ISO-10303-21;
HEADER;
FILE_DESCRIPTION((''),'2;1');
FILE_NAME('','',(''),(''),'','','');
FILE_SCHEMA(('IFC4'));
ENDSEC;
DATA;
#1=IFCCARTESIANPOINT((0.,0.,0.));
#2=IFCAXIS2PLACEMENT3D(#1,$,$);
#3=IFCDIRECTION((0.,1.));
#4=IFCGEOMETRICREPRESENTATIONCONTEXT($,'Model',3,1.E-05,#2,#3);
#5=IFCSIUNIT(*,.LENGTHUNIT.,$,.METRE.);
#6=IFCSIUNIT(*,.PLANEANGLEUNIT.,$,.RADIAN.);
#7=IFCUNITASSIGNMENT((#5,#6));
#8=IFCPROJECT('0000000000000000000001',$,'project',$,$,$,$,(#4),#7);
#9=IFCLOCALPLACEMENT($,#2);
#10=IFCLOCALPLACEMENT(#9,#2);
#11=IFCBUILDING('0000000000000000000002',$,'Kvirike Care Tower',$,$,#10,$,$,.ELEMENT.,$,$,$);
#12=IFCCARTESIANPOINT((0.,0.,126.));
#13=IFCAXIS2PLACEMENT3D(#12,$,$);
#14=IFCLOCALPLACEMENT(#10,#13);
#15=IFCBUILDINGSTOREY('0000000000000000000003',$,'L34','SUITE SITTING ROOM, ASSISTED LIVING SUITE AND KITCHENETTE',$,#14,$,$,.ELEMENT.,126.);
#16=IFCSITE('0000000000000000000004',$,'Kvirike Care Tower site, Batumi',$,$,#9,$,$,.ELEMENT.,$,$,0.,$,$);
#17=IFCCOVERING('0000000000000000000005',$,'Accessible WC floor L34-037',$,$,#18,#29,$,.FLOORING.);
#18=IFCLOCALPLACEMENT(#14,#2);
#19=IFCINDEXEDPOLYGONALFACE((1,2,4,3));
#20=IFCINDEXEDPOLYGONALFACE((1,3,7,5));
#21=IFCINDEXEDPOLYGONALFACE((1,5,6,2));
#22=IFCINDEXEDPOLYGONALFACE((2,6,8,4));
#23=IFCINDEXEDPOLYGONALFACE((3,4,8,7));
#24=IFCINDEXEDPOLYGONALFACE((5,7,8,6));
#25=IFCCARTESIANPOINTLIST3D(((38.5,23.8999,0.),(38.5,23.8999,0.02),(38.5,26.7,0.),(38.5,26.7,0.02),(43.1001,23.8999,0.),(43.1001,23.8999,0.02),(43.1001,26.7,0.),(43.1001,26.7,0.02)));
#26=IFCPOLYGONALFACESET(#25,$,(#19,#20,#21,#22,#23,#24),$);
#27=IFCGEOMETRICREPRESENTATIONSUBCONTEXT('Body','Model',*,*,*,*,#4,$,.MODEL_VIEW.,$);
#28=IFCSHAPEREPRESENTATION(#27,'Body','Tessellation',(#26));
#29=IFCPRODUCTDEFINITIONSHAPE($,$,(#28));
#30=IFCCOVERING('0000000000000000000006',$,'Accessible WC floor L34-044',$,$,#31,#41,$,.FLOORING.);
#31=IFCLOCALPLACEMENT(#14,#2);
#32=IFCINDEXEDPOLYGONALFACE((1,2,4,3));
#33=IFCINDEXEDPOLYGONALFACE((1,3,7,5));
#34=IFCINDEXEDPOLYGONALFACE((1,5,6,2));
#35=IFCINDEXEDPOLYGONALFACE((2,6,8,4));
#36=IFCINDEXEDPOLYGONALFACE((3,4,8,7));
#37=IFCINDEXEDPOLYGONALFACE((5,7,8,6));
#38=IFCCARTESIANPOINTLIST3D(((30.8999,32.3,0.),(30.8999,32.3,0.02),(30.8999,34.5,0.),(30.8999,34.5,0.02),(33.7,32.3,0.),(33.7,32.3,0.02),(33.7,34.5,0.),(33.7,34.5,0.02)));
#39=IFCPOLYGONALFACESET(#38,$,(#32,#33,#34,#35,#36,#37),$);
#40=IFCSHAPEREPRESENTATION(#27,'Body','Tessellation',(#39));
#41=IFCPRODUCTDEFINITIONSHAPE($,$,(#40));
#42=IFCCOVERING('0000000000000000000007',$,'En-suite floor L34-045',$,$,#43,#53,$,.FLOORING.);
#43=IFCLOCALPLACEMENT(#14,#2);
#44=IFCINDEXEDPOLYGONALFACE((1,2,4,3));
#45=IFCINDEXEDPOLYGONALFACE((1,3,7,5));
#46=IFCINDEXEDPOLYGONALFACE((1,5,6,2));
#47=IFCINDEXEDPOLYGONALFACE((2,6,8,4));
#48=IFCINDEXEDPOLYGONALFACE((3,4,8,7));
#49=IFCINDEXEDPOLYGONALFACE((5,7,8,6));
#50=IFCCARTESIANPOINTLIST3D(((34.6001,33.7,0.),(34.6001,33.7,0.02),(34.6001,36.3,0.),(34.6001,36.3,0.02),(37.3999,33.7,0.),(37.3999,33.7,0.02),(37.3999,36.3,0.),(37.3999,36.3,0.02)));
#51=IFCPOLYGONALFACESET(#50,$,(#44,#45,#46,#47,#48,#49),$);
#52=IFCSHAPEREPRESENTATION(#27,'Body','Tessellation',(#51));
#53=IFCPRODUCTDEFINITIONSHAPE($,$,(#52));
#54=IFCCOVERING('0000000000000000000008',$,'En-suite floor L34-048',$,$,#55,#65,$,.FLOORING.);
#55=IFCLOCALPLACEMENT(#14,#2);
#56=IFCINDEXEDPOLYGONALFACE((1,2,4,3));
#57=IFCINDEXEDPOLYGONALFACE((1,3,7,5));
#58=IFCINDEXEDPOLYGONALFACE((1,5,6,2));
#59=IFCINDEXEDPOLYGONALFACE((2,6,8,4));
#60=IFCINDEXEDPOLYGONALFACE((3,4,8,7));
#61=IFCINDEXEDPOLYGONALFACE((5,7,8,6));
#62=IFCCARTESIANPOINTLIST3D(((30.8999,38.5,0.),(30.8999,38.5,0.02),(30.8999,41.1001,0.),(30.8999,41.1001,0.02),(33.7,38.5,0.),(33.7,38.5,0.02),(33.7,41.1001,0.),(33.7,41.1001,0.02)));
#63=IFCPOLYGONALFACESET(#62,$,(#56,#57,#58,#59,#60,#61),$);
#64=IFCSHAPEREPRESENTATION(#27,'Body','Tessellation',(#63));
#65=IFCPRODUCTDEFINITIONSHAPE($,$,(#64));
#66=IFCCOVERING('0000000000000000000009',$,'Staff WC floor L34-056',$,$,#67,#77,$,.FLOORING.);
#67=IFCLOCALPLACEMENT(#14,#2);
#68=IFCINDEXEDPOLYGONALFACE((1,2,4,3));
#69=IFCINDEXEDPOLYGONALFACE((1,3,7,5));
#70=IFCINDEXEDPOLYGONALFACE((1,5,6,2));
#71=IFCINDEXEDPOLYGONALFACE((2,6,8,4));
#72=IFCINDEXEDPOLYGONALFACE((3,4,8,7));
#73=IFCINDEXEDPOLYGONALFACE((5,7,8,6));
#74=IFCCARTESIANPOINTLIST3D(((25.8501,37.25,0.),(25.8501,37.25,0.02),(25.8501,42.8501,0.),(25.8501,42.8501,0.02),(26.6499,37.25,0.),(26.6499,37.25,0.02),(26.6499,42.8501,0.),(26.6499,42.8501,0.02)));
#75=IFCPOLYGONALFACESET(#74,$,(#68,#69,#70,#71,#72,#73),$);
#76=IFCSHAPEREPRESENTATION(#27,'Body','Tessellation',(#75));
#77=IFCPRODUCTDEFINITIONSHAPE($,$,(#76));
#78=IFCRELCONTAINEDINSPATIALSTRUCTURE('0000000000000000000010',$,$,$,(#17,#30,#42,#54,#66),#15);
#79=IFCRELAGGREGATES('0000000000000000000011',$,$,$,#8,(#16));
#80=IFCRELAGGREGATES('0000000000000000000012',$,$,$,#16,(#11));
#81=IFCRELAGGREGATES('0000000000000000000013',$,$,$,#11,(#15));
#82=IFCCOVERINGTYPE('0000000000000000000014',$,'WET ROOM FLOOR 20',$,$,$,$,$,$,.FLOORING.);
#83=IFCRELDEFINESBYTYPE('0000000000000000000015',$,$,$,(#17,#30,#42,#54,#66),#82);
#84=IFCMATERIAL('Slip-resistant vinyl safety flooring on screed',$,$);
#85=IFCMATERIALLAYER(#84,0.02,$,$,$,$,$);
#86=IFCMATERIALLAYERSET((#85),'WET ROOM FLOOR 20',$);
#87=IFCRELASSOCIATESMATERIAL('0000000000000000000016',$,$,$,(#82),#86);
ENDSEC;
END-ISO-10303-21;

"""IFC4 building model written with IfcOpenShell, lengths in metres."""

from ifc_helpers import new_model, si_unit, direction, frame, origin, place, context, subcontext, project, spatial, polyline, outline, extrude, material, layer, layer_set, type_object, element, save


model = new_model("IFC4")

# Units and contexts
model_context = context("Model", 3, precision=1e-05, world=origin(), true_north=direction((0.0, 1.0)))
body_context = subcontext(model_context, "Body", "Model", "MODEL_VIEW")
ifc_project = project(units=[si_unit("LENGTHUNIT", "METRE"), si_unit("PLANEANGLEUNIT", "RADIAN")], contexts=[model_context])

# Site, building, storey
site_placement = place(None, origin())
site = spatial("IfcSite", under=ifc_project, at=site_placement, Name="Kvirike Care Tower site, Batumi", CompositionType="ELEMENT", RefElevation=0.0)
building_placement = place(site_placement, origin())
building = spatial("IfcBuilding", under=site, at=building_placement, Name="Kvirike Care Tower", CompositionType="ELEMENT")
storey_placement = place(building_placement, frame((0.0, 0.0, 126.0)))
storey = spatial("IfcBuildingStorey", under=building, at=storey_placement, Name="L34", Description="SUITE SITTING ROOM, ASSISTED LIVING SUITE AND KITCHENETTE", CompositionType="ELEMENT", Elevation=126.0)

# Coverings
ifc_material_1 = material(Name="Slip-resistant vinyl safety flooring on screed")
ifc_layer_1 = layer(ifc_material_1, 0.02)
ifc_layer_set_1 = layer_set([ifc_layer_1], Name="WET ROOM FLOOR 20")
covering_type_1 = type_object("IfcCoveringType", Name="WET ROOM FLOOR 20", PredefinedType="FLOORING", material=ifc_layer_set_1)
covering_1_placement = place(storey_placement, origin())
element("IfcCovering", 1, at=covering_1_placement, inside=storey, type_object=covering_type_1, Name="Accessible WC floor L34-037", PredefinedType="FLOORING", context=body_context, shape_type="SweptSolid", body=[
    extrude(outline(polyline([(38.5, 23.8999), (38.5, 26.7), (43.1001, 26.7), (43.1001, 23.8999), (38.5, 23.8999)])), origin(), (0.0, 0.0, 1.0), 0.02),
])
covering_2_placement = place(storey_placement, origin())
element("IfcCovering", 2, at=covering_2_placement, inside=storey, type_object=covering_type_1, Name="Accessible WC floor L34-044", PredefinedType="FLOORING", context=body_context, shape_type="SweptSolid", body=[
    extrude(outline(polyline([(33.7, 32.3), (30.8999, 32.3), (30.8999, 34.5), (33.7, 34.5), (33.7, 32.3)])), origin(), (0.0, 0.0, 1.0), 0.02),
])
covering_3_placement = place(storey_placement, origin())
element("IfcCovering", 3, at=covering_3_placement, inside=storey, type_object=covering_type_1, Name="En-suite floor L34-045", PredefinedType="FLOORING", context=body_context, shape_type="SweptSolid", body=[
    extrude(outline(polyline([(37.3999, 33.7), (34.6001, 33.7), (34.6001, 36.3), (37.3999, 36.3), (37.3999, 33.7)])), origin(), (0.0, 0.0, 1.0), 0.02),
])
covering_4_placement = place(storey_placement, origin())
element("IfcCovering", 4, at=covering_4_placement, inside=storey, type_object=covering_type_1, Name="En-suite floor L34-048", PredefinedType="FLOORING", context=body_context, shape_type="SweptSolid", body=[
    extrude(outline(polyline([(33.7, 38.5), (30.8999, 38.5), (30.8999, 41.1001), (33.7, 41.1001), (33.7, 38.5)])), origin(), (0.0, 0.0, 1.0), 0.02),
])
covering_5_placement = place(storey_placement, origin())
element("IfcCovering", 5, at=covering_5_placement, inside=storey, type_object=covering_type_1, Name="Staff WC floor L34-056", PredefinedType="FLOORING", context=body_context, shape_type="SweptSolid", body=[
    extrude(outline(polyline([(26.6499, 37.25), (25.8501, 37.25), (25.8501, 42.8501), (26.6499, 42.8501), (26.6499, 37.25)])), origin(), (0.0, 0.0, 1.0), 0.02),
])

save(model, "model.ifc")
